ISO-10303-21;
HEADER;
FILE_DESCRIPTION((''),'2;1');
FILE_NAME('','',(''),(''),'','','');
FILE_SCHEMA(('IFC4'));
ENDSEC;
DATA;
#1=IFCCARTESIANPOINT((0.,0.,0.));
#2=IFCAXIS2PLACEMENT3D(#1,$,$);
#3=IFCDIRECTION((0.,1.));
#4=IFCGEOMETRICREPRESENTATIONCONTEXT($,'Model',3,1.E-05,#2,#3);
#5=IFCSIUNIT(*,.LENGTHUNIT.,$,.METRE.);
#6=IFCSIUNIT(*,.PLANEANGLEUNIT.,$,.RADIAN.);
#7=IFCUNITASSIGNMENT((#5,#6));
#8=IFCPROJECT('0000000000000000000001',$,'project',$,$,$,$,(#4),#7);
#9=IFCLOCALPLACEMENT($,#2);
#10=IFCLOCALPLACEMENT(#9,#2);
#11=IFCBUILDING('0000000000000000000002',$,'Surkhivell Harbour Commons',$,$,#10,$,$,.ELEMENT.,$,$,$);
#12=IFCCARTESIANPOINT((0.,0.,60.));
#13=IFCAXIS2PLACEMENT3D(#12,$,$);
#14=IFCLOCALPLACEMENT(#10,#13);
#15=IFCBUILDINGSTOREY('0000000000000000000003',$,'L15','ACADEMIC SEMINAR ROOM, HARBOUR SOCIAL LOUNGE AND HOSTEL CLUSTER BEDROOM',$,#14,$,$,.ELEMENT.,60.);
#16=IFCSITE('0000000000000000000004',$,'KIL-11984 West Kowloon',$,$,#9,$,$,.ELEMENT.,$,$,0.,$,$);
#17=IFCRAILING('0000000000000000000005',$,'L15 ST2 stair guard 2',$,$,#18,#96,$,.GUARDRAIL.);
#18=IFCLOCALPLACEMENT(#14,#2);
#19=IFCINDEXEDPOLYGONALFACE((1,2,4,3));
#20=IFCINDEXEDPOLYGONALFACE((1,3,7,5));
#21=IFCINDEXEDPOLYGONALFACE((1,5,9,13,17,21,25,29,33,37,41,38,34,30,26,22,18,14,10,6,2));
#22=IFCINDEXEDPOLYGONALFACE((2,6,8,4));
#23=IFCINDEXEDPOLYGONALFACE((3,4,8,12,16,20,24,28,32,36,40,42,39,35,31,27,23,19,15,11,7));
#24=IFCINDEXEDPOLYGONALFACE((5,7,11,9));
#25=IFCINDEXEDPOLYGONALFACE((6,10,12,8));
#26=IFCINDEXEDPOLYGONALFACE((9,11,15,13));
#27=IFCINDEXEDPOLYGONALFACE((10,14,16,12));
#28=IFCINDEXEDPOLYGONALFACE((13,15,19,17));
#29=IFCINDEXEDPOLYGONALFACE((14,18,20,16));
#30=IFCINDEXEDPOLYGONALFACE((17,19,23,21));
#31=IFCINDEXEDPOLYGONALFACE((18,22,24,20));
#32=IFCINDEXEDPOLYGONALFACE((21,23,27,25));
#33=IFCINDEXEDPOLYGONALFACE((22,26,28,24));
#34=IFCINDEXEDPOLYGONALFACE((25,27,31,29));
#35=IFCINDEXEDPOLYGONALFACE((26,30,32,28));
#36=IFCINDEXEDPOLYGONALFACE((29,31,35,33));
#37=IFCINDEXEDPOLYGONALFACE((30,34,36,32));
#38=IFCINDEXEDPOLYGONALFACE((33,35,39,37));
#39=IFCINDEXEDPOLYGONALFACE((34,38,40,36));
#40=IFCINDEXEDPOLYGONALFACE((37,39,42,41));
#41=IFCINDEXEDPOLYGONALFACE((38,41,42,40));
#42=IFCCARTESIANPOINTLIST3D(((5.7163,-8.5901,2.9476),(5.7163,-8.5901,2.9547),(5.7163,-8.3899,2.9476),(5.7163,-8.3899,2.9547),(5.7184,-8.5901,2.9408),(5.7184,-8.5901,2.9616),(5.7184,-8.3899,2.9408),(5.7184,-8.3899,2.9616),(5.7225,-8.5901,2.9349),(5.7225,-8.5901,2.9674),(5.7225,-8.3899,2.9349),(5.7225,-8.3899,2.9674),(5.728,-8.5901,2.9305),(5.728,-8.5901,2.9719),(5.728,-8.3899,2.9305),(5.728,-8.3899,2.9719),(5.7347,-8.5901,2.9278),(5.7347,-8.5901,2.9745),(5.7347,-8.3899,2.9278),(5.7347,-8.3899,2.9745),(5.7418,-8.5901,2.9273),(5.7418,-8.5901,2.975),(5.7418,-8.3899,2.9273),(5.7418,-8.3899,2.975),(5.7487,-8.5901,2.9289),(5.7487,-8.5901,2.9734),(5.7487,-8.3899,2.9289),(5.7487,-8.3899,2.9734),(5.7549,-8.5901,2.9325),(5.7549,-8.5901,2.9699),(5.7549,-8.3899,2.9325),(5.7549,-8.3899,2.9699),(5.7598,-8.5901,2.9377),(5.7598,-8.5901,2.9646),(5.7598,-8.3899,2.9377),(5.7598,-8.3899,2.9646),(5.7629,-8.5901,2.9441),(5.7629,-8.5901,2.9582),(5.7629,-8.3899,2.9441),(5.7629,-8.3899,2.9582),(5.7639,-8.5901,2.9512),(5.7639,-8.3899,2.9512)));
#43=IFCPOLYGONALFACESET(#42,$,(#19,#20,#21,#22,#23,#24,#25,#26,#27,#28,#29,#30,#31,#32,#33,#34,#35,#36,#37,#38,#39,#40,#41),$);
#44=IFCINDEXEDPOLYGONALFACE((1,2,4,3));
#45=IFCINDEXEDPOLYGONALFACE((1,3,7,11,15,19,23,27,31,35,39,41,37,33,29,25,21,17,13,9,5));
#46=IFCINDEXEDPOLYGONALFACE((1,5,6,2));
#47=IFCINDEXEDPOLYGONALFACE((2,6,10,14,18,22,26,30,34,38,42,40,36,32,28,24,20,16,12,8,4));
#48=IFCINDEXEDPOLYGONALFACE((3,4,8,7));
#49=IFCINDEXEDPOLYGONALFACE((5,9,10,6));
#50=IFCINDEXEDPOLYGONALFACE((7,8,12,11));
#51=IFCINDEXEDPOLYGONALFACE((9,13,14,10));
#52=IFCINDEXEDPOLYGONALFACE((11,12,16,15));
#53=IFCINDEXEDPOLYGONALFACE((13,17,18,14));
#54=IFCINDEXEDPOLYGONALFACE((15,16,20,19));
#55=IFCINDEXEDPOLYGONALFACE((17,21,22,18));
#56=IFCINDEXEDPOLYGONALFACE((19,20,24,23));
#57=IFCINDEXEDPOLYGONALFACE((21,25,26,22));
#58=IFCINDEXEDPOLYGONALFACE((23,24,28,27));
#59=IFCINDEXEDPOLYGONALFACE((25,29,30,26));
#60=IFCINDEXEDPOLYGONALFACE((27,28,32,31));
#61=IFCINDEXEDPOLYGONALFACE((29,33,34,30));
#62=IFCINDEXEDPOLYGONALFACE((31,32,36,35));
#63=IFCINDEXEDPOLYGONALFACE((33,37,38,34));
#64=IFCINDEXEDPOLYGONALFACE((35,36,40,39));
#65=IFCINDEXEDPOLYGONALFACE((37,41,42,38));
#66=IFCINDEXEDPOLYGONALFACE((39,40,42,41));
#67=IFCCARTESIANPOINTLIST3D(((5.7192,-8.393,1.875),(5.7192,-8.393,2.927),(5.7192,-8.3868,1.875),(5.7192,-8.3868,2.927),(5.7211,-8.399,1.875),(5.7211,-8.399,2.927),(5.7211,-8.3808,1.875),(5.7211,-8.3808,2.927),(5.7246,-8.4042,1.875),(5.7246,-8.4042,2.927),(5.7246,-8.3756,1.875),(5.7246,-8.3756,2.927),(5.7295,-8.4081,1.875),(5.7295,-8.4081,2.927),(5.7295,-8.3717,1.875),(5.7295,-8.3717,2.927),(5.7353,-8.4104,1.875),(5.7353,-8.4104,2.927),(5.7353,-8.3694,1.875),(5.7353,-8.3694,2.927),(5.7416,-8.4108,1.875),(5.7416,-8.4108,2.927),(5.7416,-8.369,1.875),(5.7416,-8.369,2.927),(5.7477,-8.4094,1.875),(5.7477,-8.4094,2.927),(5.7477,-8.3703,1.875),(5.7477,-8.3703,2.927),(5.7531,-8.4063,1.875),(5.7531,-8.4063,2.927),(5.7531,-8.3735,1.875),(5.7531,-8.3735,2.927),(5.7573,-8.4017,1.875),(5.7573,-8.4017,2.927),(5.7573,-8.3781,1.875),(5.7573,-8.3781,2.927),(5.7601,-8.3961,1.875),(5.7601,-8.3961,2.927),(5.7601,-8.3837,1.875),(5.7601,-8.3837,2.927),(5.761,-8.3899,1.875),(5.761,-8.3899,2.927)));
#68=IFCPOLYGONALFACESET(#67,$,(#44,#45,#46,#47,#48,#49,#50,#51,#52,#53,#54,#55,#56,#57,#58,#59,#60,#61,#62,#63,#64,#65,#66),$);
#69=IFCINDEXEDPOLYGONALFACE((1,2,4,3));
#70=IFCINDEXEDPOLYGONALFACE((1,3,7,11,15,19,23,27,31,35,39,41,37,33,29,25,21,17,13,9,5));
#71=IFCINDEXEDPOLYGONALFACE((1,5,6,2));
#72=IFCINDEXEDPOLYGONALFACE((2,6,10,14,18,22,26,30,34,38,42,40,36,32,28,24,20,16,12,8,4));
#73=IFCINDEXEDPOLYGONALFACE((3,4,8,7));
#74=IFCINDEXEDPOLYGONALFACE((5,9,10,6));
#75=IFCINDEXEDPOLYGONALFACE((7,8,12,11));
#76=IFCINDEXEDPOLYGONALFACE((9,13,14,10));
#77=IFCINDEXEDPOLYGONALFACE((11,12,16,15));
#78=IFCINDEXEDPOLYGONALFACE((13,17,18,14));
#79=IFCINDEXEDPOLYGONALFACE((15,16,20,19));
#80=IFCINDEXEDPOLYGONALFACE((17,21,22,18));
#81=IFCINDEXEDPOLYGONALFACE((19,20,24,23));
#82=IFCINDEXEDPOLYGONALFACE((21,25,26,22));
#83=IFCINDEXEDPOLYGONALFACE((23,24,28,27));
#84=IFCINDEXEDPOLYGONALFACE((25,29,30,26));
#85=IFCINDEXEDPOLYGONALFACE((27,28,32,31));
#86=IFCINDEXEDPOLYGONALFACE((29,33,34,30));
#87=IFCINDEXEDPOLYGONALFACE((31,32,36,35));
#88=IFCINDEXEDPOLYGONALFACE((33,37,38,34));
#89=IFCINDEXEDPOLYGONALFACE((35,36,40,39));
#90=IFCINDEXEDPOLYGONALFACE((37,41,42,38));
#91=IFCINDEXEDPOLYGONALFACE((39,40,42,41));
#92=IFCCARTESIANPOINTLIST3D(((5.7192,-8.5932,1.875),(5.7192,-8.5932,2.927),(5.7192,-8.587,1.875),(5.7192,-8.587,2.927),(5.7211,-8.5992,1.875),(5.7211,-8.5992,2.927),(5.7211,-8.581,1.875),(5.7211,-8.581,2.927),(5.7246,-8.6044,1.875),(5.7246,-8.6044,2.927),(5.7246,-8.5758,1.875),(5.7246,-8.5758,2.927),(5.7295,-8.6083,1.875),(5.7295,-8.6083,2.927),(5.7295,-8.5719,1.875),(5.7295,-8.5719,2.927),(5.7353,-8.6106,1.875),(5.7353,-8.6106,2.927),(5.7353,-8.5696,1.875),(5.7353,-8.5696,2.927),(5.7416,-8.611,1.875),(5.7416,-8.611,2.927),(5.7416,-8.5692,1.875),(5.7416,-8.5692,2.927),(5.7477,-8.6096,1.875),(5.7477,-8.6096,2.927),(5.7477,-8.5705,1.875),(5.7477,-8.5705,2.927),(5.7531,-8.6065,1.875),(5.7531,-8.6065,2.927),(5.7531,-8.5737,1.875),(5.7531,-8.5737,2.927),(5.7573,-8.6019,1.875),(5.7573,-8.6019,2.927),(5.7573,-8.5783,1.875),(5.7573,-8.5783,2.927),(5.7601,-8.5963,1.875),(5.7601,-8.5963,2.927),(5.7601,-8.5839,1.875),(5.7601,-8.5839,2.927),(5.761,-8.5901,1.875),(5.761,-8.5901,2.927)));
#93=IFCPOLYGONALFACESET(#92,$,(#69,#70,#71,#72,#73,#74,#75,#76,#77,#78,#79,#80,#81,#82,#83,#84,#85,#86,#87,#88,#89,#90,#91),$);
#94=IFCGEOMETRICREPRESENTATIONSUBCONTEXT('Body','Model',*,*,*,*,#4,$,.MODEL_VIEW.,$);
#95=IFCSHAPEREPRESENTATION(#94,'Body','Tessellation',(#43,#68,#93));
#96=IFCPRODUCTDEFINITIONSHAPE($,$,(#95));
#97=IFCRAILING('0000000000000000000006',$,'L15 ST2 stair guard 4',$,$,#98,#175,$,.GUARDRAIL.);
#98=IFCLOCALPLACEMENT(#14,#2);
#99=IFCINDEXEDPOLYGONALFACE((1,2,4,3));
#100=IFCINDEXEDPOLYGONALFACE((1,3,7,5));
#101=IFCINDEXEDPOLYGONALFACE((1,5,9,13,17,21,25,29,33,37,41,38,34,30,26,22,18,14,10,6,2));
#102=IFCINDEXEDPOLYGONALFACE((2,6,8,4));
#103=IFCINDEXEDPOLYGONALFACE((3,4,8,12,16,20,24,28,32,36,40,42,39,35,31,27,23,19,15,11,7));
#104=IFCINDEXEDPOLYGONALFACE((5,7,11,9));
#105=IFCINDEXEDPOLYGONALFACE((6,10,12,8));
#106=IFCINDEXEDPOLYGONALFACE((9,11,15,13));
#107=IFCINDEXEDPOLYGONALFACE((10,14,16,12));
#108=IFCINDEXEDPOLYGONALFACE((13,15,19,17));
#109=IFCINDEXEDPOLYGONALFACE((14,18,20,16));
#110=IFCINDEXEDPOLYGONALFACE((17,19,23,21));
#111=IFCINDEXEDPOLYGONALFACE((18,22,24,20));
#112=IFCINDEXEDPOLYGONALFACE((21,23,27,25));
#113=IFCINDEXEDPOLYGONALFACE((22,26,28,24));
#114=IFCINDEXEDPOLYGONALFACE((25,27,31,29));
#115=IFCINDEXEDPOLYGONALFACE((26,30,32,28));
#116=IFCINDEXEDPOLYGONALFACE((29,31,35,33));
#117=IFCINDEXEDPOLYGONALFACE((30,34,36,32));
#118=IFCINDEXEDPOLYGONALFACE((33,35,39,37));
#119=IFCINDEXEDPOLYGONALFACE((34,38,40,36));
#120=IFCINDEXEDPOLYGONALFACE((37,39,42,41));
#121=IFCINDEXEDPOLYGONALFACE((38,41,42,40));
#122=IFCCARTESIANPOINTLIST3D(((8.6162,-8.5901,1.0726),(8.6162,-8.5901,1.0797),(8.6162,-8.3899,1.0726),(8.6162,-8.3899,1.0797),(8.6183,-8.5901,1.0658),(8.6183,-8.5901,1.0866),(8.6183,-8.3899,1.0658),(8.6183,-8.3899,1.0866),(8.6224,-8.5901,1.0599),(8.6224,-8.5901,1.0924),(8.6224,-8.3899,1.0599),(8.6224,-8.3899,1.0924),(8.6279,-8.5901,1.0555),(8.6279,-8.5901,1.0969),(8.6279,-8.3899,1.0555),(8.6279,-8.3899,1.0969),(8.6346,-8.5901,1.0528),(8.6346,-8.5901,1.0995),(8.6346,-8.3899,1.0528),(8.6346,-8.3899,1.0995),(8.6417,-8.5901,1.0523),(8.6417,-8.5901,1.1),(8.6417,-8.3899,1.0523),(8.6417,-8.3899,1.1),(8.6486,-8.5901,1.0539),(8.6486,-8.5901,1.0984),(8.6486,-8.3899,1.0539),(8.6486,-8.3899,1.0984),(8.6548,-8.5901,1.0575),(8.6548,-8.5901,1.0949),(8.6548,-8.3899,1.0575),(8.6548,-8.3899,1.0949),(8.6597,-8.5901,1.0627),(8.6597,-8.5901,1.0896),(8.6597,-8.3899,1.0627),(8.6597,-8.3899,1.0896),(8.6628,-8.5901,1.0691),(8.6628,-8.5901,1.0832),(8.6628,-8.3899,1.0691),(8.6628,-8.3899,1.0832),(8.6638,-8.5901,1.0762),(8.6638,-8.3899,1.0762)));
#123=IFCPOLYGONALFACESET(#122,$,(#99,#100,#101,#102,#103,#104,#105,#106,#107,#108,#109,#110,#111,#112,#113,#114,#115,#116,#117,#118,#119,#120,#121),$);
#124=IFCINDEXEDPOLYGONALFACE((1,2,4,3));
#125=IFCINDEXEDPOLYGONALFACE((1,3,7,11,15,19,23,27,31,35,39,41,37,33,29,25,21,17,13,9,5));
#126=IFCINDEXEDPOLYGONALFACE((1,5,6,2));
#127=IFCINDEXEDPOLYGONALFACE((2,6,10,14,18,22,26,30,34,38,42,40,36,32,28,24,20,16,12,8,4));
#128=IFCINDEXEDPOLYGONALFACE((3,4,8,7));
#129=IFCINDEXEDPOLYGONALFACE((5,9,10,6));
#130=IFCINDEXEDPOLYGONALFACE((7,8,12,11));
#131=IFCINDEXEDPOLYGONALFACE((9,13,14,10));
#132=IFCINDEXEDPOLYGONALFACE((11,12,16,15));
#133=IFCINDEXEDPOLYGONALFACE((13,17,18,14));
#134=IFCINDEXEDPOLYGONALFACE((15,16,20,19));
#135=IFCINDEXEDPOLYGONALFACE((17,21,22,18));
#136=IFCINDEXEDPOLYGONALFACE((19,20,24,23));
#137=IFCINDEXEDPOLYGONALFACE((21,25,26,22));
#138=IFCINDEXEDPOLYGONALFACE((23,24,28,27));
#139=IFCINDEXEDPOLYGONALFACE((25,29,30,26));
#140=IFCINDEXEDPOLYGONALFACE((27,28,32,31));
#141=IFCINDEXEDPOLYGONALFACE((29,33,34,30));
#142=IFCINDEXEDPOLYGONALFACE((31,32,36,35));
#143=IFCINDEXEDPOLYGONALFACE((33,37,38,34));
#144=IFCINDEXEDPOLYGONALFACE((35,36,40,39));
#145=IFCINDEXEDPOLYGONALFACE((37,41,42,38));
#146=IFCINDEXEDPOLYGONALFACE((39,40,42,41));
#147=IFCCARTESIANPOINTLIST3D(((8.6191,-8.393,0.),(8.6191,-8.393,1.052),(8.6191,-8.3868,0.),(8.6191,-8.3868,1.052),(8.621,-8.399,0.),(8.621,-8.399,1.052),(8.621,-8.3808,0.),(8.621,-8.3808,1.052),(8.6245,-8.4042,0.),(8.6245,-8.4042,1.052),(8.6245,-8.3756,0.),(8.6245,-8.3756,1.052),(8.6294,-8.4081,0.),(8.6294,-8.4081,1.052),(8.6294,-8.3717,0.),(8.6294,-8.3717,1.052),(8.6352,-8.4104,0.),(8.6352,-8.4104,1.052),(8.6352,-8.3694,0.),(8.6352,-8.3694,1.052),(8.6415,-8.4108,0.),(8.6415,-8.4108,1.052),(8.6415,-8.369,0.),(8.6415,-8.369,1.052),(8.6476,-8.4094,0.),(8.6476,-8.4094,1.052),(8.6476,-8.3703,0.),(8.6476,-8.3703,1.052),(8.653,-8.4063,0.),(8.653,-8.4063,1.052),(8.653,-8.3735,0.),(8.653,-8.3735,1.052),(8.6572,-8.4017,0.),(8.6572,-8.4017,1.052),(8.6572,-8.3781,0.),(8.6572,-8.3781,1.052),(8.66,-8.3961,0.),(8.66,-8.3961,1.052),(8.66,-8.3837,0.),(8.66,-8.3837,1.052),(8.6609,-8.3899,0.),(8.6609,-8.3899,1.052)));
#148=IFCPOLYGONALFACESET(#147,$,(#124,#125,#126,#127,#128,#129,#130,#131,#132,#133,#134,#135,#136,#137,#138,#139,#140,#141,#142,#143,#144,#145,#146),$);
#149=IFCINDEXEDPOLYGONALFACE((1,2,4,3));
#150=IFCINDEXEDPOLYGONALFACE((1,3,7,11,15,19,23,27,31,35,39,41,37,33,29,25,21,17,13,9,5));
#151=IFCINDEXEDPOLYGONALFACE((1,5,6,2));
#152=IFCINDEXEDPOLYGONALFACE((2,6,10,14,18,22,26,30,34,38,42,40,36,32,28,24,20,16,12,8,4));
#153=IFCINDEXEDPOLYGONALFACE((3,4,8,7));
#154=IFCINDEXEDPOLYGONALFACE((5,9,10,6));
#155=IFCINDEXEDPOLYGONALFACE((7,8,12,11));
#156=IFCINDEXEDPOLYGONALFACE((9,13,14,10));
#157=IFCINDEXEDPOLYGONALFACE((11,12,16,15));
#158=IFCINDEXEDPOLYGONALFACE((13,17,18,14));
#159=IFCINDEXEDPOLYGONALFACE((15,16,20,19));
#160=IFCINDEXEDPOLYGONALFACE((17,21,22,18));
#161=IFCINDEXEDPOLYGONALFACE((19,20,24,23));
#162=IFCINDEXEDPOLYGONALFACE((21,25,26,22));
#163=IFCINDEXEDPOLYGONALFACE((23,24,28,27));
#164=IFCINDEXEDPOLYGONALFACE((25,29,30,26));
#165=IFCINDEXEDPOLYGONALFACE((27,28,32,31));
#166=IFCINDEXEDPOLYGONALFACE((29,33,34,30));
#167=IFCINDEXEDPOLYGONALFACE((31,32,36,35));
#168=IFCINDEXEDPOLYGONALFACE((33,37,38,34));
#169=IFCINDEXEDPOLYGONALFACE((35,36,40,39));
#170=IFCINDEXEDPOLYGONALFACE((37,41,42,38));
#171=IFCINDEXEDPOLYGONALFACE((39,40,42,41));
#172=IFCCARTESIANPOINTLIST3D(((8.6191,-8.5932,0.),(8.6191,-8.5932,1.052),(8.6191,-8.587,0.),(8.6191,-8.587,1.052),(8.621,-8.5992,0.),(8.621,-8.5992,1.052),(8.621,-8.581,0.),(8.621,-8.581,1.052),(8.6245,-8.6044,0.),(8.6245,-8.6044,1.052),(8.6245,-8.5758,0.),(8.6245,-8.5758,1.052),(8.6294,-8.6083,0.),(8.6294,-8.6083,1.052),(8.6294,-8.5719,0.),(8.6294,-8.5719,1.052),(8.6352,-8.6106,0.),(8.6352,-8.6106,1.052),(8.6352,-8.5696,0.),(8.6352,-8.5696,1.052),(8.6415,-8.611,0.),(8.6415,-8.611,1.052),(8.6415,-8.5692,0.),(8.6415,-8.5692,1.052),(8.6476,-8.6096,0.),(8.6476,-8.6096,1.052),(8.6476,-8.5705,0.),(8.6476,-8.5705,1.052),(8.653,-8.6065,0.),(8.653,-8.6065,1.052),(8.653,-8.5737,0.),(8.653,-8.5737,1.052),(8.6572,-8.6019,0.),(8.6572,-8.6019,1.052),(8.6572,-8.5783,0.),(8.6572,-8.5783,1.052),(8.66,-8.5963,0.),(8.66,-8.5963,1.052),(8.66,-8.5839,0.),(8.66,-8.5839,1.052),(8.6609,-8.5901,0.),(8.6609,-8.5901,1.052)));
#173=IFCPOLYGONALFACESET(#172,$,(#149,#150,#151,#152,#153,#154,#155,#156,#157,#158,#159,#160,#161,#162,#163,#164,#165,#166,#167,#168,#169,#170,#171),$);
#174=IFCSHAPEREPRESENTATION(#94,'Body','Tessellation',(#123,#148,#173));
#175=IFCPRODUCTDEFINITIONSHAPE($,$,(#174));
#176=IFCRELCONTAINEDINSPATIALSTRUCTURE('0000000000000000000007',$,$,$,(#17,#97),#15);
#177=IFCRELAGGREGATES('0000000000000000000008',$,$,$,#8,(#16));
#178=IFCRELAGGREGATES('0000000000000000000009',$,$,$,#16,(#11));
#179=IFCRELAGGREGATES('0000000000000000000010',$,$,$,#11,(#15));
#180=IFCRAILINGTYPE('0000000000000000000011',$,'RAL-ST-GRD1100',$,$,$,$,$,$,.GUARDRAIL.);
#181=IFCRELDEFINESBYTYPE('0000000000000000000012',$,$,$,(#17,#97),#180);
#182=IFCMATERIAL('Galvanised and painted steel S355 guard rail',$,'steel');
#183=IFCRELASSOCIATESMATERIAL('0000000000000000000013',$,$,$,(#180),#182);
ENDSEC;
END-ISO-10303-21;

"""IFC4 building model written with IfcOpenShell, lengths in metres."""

from ifc_helpers import new_model, si_unit, direction, frame, origin, origin_2d, place, context, subcontext, project, spatial, circle, extrude, material, type_object, element, save


model = new_model("IFC4")

# Units and contexts
model_context = context("Model", 3, precision=1e-05, world=origin(), true_north=direction((0.0, 1.0)))
body_context = subcontext(model_context, "Body", "Model", "MODEL_VIEW")
ifc_project = project(units=[si_unit("LENGTHUNIT", "METRE"), si_unit("PLANEANGLEUNIT", "RADIAN")], contexts=[model_context])

# Site, building, storey
site_placement = place(None, origin())
site = spatial("IfcSite", under=ifc_project, at=site_placement, Name="KIL-11984 West Kowloon", CompositionType="ELEMENT", RefElevation=0.0)
building_placement = place(site_placement, origin())
building = spatial("IfcBuilding", under=site, at=building_placement, Name="Surkhivell Harbour Commons", CompositionType="ELEMENT")
storey_placement = place(building_placement, frame((0.0, 0.0, 60.0)))
storey = spatial("IfcBuildingStorey", under=building, at=storey_placement, Name="L15", Description="ACADEMIC SEMINAR ROOM, HARBOUR SOCIAL LOUNGE AND HOSTEL CLUSTER BEDROOM", CompositionType="ELEMENT", Elevation=60.0)

# Railings
ifc_material_1 = material(Name="Galvanised and painted steel S355 guard rail", Category="steel")
railing_type_1 = type_object("IfcRailingType", Name="RAL-ST-GRD1100", PredefinedType="GUARDRAIL", material=ifc_material_1)
for number, where, name in (
    (1, (5.74, -8.3899, 1.875), "L15 ST2 stair guard 2"),
    (2, (8.6399, -8.3899, 0.0), "L15 ST2 stair guard 4"),
):
    element("IfcRailing", number, at=place(storey_placement, frame(where)), inside=storey, type_object=railing_type_1, Name=name, PredefinedType="GUARDRAIL", context=body_context, shape_type="SweptSolid", body=[
        extrude(circle(Radius=0.0239, at=origin_2d()), frame((0.0, 0.0, 1.0762), z_axis=(0.0, -1.0, 0.0), x_axis=(1.0, 0.0, 0.0)), (0.0, 0.0, 1.0), 0.2002),
        extrude(circle(Radius=0.021, at=origin_2d()), origin(), (0.0, 0.0, 1.0), 1.052),
        extrude(circle(Radius=0.021, at=origin_2d()), frame((0.0, -0.2002, 0.0)), (0.0, 0.0, 1.0), 1.052),
    ])

save(model, "model.ifc")
